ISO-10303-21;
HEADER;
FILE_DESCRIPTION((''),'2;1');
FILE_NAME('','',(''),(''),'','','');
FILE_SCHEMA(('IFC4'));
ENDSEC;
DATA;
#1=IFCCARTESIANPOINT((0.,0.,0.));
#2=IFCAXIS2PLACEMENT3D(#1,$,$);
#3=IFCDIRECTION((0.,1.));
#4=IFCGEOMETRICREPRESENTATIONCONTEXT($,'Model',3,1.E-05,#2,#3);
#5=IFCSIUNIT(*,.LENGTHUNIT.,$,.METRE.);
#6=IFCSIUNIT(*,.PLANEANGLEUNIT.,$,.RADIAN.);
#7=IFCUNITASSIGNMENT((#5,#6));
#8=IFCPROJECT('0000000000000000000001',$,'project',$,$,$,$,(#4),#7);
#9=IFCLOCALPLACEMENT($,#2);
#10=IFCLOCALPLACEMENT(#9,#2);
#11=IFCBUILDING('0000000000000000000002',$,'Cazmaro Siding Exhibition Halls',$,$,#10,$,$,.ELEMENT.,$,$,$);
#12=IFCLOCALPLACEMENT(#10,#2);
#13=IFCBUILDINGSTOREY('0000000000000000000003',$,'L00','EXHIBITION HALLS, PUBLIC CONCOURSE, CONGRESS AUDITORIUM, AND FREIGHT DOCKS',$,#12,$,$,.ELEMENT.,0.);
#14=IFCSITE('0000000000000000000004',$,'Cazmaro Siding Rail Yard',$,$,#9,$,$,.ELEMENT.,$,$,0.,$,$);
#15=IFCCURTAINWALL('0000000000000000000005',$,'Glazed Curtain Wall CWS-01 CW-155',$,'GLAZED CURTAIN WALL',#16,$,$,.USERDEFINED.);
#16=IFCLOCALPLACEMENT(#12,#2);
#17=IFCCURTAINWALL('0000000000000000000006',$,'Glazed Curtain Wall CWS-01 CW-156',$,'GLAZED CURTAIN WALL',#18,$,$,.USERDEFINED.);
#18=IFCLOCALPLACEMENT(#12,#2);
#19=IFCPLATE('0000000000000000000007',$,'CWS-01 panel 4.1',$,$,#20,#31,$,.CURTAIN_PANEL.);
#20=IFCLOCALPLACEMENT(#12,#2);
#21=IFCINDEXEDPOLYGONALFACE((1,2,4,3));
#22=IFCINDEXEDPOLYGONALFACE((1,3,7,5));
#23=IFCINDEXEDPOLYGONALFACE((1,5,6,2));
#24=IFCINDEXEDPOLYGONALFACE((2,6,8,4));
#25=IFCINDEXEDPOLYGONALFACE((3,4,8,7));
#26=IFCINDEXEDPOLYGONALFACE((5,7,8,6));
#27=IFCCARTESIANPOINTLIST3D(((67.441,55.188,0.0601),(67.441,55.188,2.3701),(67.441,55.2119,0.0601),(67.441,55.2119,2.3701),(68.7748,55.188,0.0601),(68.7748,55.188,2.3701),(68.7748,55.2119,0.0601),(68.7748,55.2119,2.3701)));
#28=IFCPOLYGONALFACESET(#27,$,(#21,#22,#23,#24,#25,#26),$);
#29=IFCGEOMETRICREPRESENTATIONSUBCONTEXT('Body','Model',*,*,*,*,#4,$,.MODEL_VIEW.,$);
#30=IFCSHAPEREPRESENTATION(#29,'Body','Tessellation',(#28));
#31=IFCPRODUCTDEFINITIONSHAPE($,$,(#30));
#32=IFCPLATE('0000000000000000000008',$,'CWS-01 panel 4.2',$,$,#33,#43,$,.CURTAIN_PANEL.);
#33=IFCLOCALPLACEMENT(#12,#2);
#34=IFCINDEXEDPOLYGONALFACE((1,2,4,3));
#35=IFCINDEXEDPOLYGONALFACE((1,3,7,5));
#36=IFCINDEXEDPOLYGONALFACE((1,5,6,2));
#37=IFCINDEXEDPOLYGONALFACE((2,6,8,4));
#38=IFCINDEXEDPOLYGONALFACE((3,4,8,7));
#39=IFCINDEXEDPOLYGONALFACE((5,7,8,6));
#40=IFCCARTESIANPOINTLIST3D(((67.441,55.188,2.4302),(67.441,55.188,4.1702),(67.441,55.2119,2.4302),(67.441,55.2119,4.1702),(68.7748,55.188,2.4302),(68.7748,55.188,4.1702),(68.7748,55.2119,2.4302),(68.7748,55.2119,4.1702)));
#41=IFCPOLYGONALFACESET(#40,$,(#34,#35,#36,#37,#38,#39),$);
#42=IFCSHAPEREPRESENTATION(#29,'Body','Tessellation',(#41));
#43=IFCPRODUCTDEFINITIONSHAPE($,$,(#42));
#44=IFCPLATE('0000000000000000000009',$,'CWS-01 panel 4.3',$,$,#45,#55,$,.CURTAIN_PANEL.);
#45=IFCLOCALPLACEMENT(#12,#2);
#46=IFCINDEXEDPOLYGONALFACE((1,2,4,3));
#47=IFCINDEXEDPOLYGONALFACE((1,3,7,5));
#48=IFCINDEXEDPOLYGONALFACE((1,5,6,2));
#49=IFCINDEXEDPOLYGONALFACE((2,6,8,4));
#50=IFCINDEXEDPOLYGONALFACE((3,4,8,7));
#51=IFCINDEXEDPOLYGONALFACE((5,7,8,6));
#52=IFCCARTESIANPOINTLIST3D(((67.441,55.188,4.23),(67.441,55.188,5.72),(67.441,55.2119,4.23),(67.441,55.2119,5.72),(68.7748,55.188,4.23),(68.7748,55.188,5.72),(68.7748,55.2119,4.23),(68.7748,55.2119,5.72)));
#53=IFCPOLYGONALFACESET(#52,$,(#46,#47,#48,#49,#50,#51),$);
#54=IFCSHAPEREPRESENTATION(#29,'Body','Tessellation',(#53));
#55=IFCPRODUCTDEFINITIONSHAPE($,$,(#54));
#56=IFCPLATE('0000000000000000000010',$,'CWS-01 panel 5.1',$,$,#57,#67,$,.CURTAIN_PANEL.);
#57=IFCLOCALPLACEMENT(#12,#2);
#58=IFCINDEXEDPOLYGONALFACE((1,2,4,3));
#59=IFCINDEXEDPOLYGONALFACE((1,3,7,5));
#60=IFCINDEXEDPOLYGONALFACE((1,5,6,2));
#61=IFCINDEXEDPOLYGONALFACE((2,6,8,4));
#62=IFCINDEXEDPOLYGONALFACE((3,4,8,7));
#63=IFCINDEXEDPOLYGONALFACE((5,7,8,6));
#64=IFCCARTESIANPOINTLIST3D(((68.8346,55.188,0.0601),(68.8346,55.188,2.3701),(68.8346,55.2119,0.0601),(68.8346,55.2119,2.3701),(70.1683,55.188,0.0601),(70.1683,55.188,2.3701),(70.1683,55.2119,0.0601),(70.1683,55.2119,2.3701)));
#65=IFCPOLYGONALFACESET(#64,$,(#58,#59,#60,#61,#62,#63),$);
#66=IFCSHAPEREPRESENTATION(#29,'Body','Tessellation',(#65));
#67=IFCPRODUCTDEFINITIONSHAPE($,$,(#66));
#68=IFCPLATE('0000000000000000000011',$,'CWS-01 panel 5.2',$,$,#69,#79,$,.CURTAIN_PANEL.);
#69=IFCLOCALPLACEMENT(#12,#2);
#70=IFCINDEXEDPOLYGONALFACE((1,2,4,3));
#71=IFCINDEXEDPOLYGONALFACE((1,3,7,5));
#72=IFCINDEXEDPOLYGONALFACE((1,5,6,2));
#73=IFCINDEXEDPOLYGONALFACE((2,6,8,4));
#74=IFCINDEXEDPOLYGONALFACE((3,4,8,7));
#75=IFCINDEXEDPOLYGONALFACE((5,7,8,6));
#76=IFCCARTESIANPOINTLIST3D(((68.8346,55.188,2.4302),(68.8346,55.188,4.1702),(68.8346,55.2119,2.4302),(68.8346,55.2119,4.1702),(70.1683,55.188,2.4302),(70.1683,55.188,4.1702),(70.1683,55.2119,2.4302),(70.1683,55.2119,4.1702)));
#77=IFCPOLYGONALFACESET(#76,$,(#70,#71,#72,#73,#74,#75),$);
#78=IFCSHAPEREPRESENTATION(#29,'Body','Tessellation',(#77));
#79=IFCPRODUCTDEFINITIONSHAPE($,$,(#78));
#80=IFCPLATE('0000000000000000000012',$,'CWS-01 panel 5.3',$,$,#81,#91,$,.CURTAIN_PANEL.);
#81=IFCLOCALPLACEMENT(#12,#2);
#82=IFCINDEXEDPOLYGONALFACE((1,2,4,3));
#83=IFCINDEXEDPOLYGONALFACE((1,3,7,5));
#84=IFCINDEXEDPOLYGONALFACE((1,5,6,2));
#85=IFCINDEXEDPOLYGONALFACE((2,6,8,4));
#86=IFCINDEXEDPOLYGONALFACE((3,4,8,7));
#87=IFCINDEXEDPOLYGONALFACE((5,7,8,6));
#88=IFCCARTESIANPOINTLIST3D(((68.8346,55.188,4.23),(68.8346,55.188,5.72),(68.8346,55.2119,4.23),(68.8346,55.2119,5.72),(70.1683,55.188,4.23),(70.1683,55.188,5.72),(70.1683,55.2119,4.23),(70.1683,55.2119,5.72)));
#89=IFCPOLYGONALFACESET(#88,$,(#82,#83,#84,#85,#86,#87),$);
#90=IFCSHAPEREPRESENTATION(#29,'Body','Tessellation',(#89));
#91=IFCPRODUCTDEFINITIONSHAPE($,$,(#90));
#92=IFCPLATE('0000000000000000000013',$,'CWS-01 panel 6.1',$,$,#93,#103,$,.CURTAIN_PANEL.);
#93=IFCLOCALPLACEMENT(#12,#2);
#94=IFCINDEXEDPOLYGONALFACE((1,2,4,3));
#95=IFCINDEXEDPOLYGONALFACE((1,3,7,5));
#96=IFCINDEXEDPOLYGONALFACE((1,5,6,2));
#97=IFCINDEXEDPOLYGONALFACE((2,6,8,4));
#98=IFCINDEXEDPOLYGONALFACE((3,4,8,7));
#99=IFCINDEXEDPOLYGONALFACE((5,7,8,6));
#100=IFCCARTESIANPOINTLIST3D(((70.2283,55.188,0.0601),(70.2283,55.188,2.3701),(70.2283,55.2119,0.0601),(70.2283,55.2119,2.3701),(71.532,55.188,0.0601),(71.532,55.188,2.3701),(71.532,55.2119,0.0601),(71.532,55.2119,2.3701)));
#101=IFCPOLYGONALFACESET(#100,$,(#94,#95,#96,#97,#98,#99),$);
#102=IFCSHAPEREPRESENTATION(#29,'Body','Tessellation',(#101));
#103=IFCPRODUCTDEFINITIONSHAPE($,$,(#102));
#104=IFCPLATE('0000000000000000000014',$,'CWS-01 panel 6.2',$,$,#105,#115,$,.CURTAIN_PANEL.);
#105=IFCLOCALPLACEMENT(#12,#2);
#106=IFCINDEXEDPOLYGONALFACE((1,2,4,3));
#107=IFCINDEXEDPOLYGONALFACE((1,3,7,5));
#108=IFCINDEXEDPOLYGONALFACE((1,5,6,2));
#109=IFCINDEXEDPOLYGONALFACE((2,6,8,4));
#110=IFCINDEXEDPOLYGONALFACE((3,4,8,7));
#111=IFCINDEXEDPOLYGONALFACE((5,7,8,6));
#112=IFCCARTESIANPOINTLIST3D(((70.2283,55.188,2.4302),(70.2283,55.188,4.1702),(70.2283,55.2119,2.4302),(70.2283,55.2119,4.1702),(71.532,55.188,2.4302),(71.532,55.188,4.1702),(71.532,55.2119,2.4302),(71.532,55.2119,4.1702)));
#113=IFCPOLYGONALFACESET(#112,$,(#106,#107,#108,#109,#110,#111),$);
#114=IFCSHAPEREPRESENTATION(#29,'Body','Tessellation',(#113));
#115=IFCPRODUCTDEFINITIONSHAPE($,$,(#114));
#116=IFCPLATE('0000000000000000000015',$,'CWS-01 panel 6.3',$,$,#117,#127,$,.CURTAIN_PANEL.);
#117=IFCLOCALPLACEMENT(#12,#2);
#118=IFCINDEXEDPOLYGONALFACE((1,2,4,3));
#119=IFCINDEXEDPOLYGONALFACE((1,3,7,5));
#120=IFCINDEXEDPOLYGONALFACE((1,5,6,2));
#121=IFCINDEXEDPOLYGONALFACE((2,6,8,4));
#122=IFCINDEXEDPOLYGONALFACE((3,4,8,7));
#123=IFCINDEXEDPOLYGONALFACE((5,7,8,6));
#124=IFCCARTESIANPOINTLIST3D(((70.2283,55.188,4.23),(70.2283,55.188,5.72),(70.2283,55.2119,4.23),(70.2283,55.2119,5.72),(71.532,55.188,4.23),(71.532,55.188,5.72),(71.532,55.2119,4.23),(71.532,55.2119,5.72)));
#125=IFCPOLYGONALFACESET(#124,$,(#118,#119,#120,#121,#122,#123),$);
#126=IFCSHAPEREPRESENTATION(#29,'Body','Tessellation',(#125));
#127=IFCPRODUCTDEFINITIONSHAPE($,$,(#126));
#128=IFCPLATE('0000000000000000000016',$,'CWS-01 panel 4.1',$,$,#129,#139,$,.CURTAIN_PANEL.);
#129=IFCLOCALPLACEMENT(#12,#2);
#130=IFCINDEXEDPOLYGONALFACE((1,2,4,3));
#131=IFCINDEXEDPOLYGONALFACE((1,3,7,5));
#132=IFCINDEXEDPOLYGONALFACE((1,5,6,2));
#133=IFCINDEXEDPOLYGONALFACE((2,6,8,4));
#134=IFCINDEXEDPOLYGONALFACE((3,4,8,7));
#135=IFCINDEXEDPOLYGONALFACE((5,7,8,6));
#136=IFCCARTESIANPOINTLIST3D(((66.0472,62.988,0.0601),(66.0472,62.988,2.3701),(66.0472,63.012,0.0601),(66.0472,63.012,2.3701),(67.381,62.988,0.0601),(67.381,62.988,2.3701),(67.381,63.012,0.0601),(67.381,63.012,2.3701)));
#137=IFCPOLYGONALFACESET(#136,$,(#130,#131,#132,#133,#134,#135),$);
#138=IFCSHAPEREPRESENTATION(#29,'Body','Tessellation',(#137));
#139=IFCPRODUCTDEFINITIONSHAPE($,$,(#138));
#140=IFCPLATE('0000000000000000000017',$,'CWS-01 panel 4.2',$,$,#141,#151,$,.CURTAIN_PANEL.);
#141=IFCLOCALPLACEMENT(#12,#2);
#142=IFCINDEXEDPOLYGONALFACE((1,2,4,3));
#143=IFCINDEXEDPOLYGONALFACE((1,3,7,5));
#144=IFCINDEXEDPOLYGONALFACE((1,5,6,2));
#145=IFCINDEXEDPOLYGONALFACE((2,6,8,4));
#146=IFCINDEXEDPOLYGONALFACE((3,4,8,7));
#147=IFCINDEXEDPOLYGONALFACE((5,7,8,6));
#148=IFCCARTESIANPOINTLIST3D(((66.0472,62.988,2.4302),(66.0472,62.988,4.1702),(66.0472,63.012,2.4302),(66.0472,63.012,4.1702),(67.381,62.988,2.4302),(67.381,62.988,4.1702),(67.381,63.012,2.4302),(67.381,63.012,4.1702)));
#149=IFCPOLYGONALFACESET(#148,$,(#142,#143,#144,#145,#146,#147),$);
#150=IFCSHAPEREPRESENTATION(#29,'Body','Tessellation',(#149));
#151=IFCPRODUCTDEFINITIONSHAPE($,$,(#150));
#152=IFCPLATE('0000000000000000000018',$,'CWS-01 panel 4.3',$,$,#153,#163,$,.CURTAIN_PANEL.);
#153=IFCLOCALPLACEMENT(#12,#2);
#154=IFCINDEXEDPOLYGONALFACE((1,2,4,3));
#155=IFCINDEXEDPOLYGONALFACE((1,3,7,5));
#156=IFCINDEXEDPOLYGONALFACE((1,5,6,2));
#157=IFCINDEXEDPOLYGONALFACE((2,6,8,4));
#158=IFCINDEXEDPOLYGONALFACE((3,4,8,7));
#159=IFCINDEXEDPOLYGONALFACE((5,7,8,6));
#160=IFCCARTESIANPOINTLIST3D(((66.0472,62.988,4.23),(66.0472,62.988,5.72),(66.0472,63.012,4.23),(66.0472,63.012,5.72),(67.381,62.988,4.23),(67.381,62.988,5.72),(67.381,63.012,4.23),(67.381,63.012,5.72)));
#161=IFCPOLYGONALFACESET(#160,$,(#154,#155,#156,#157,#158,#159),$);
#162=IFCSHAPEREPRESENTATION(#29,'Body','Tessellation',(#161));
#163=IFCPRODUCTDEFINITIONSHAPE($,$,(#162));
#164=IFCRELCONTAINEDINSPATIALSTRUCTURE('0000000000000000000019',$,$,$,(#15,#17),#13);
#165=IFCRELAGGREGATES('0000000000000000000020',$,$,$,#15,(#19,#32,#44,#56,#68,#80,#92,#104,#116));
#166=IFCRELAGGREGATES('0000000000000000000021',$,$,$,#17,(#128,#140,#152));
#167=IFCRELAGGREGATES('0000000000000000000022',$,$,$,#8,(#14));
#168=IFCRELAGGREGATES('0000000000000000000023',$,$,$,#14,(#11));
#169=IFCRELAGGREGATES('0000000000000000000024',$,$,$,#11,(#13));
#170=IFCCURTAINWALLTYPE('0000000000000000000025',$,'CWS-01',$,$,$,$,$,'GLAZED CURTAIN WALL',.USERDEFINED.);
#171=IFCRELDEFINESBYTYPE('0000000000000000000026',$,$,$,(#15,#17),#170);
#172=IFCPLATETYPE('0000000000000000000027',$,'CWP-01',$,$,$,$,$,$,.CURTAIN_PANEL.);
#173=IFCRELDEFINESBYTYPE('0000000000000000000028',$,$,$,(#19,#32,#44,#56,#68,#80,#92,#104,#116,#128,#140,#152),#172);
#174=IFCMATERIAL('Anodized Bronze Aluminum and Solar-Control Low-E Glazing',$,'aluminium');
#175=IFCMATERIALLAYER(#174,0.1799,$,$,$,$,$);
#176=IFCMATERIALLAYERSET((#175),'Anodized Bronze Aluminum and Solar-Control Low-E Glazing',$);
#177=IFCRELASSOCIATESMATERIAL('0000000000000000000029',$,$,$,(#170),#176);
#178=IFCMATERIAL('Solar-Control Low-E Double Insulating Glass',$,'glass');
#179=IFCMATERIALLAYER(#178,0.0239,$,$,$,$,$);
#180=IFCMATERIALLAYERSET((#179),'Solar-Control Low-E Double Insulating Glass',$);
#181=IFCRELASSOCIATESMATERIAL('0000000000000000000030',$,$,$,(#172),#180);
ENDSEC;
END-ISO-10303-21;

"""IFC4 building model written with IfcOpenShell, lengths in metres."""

from ifc_helpers import new_model, si_unit, direction, frame, origin, origin_2d, place, context, subcontext, project, spatial, rectangle, extrude, material, layer, layer_set, type_object, element, aggregate, save


model = new_model("IFC4")

# Units and contexts
model_context = context("Model", 3, precision=1e-05, world=origin(), true_north=direction((0.0, 1.0)))
body_context = subcontext(model_context, "Body", "Model", "MODEL_VIEW")
ifc_project = project(units=[si_unit("LENGTHUNIT", "METRE"), si_unit("PLANEANGLEUNIT", "RADIAN")], contexts=[model_context])

# Site, building, storey
site_placement = place(None, origin())
site = spatial("IfcSite", under=ifc_project, at=site_placement, Name="Cazmaro Siding Rail Yard", CompositionType="ELEMENT", RefElevation=0.0)
building_placement = place(site_placement, origin())
building = spatial("IfcBuilding", under=site, at=building_placement, Name="Cazmaro Siding Exhibition Halls", CompositionType="ELEMENT")
storey_placement = place(building_placement, origin())
storey = spatial("IfcBuildingStorey", under=building, at=storey_placement, Name="L00", Description="EXHIBITION HALLS, PUBLIC CONCOURSE, CONGRESS AUDITORIUM, AND FREIGHT DOCKS", CompositionType="ELEMENT", Elevation=0.0)

# Curtain wall
ifc_material_1 = material(Name="Anodized Bronze Aluminum and Solar-Control Low-E Glazing", Category="aluminium")
ifc_layer_1 = layer(ifc_material_1, 0.1799)
ifc_layer_set_1 = layer_set([ifc_layer_1], Name="Anodized Bronze Aluminum and Solar-Control Low-E Glazing")
curtain_wall_type = type_object("IfcCurtainWallType", Name="CWS-01", ElementType="GLAZED CURTAIN WALL", PredefinedType="USERDEFINED", material=ifc_layer_set_1)
curtain_wall_1_placement = place(storey_placement, origin())
curtain_wall_1 = element("IfcCurtainWall", 1, at=curtain_wall_1_placement, inside=storey, type_object=curtain_wall_type, Name="Glazed Curtain Wall CWS-01 CW-155", ObjectType="GLAZED CURTAIN WALL", PredefinedType="USERDEFINED")

# Curtain wall
curtain_wall_2_placement = place(storey_placement, origin())
curtain_wall_2 = element("IfcCurtainWall", 2, at=curtain_wall_2_placement, inside=storey, type_object=curtain_wall_type, Name="Glazed Curtain Wall CWS-01 CW-156", ObjectType="GLAZED CURTAIN WALL", PredefinedType="USERDEFINED")

# Plates
ifc_material_2 = material(Name="Solar-Control Low-E Double Insulating Glass", Category="glass")
ifc_layer_2 = layer(ifc_material_2, 0.0239)
ifc_layer_set_2 = layer_set([ifc_layer_2], Name="Solar-Control Low-E Double Insulating Glass")
plate_type = type_object("IfcPlateType", Name="CWP-01", PredefinedType="CURTAIN_PANEL", material=ifc_layer_set_2)
plate_1_placement = place(storey_placement, frame((68.1079, 55.2, 0.0601), z_axis=(0.0, 0.0, 1.0), x_axis=(1.0, 0.0, 0.0)))
plate_1 = element("IfcPlate", 3, at=plate_1_placement, type_object=plate_type, Name="CWS-01 panel 4.1", PredefinedType="CURTAIN_PANEL", context=body_context, shape_type="SweptSolid", body=[
    extrude(rectangle(XDim=1.3337, YDim=0.0239, at=origin_2d()), origin(), (0.0, 0.0, 1.0), 2.3101),
])
plate_2_placement = place(storey_placement, frame((68.1079, 55.2, 2.4302), z_axis=(0.0, 0.0, 1.0), x_axis=(1.0, 0.0, 0.0)))
plate_2 = element("IfcPlate", 4, at=plate_2_placement, type_object=plate_type, Name="CWS-01 panel 4.2", PredefinedType="CURTAIN_PANEL", context=body_context, shape_type="SweptSolid", body=[
    extrude(rectangle(XDim=1.3337, YDim=0.0239, at=origin_2d()), origin(), (0.0, 0.0, 1.0), 1.74),
])
plate_3_placement = place(storey_placement, frame((68.1079, 55.2, 4.23), z_axis=(0.0, 0.0, 1.0), x_axis=(1.0, 0.0, 0.0)))
plate_3 = element("IfcPlate", 5, at=plate_3_placement, type_object=plate_type, Name="CWS-01 panel 4.3", PredefinedType="CURTAIN_PANEL", context=body_context, shape_type="SweptSolid", body=[
    extrude(rectangle(XDim=1.3337, YDim=0.0239, at=origin_2d()), origin(), (0.0, 0.0, 1.0), 1.49),
])
plate_4_placement = place(storey_placement, frame((69.5015, 55.2, 0.0601), z_axis=(0.0, 0.0, 1.0), x_axis=(1.0, 0.0, 0.0)))
plate_4 = element("IfcPlate", 6, at=plate_4_placement, type_object=plate_type, Name="CWS-01 panel 5.1", PredefinedType="CURTAIN_PANEL", context=body_context, shape_type="SweptSolid", body=[
    extrude(rectangle(XDim=1.3337, YDim=0.0239, at=origin_2d()), origin(), (0.0, 0.0, 1.0), 2.3101),
])
plate_5_placement = place(storey_placement, frame((69.5015, 55.2, 2.4302), z_axis=(0.0, 0.0, 1.0), x_axis=(1.0, 0.0, 0.0)))
plate_5 = element("IfcPlate", 7, at=plate_5_placement, type_object=plate_type, Name="CWS-01 panel 5.2", PredefinedType="CURTAIN_PANEL", context=body_context, shape_type="SweptSolid", body=[
    extrude(rectangle(XDim=1.3337, YDim=0.0239, at=origin_2d()), origin(), (0.0, 0.0, 1.0), 1.74),
])
plate_6_placement = place(storey_placement, frame((69.5015, 55.2, 4.23), z_axis=(0.0, 0.0, 1.0), x_axis=(1.0, 0.0, 0.0)))
plate_6 = element("IfcPlate", 8, at=plate_6_placement, type_object=plate_type, Name="CWS-01 panel 5.3", PredefinedType="CURTAIN_PANEL", context=body_context, shape_type="SweptSolid", body=[
    extrude(rectangle(XDim=1.3337, YDim=0.0239, at=origin_2d()), origin(), (0.0, 0.0, 1.0), 1.49),
])
plate_7_placement = place(storey_placement, frame((70.8801, 55.2, 0.0601), z_axis=(0.0, 0.0, 1.0), x_axis=(1.0, 0.0, 0.0)))
plate_7 = element("IfcPlate", 9, at=plate_7_placement, type_object=plate_type, Name="CWS-01 panel 6.1", PredefinedType="CURTAIN_PANEL", context=body_context, shape_type="SweptSolid", body=[
    extrude(rectangle(XDim=1.3037, YDim=0.0239, at=origin_2d()), origin(), (0.0, 0.0, 1.0), 2.3101),
])
plate_8_placement = place(storey_placement, frame((70.8801, 55.2, 2.4302), z_axis=(0.0, 0.0, 1.0), x_axis=(1.0, 0.0, 0.0)))
plate_8 = element("IfcPlate", 10, at=plate_8_placement, type_object=plate_type, Name="CWS-01 panel 6.2", PredefinedType="CURTAIN_PANEL", context=body_context, shape_type="SweptSolid", body=[
    extrude(rectangle(XDim=1.3037, YDim=0.0239, at=origin_2d()), origin(), (0.0, 0.0, 1.0), 1.74),
])
plate_9_placement = place(storey_placement, frame((70.8801, 55.2, 4.23), z_axis=(0.0, 0.0, 1.0), x_axis=(1.0, 0.0, 0.0)))
plate_9 = element("IfcPlate", 11, at=plate_9_placement, type_object=plate_type, Name="CWS-01 panel 6.3", PredefinedType="CURTAIN_PANEL", context=body_context, shape_type="SweptSolid", body=[
    extrude(rectangle(XDim=1.3037, YDim=0.0239, at=origin_2d()), origin(), (0.0, 0.0, 1.0), 1.49),
])
aggregate(curtain_wall_1, [plate_1, plate_2, plate_3, plate_4, plate_5, plate_6, plate_7, plate_8, plate_9])
plate_10_placement = place(storey_placement, frame((66.7141, 63.0, 0.0601), z_axis=(0.0, 0.0, 1.0), x_axis=(-1.0, 0.0, 0.0)))
plate_10 = element("IfcPlate", 12, at=plate_10_placement, type_object=plate_type, Name="CWS-01 panel 4.1", PredefinedType="CURTAIN_PANEL", context=body_context, shape_type="SweptSolid", body=[
    extrude(rectangle(XDim=1.3337, YDim=0.0239, at=origin_2d()), origin(), (0.0, 0.0, 1.0), 2.3101),
])
plate_11_placement = place(storey_placement, frame((66.7141, 63.0, 2.4302), z_axis=(0.0, 0.0, 1.0), x_axis=(-1.0, 0.0, 0.0)))
plate_11 = element("IfcPlate", 13, at=plate_11_placement, type_object=plate_type, Name="CWS-01 panel 4.2", PredefinedType="CURTAIN_PANEL", context=body_context, shape_type="SweptSolid", body=[
    extrude(rectangle(XDim=1.3337, YDim=0.0239, at=origin_2d()), origin(), (0.0, 0.0, 1.0), 1.74),
])
plate_12_placement = place(storey_placement, frame((66.7141, 63.0, 4.23), z_axis=(0.0, 0.0, 1.0), x_axis=(-1.0, 0.0, 0.0)))
plate_12 = element("IfcPlate", 14, at=plate_12_placement, type_object=plate_type, Name="CWS-01 panel 4.3", PredefinedType="CURTAIN_PANEL", context=body_context, shape_type="SweptSolid", body=[
    extrude(rectangle(XDim=1.3337, YDim=0.0239, at=origin_2d()), origin(), (0.0, 0.0, 1.0), 1.49),
])
aggregate(curtain_wall_2, [plate_10, plate_11, plate_12])

save(model, "model.ifc")
